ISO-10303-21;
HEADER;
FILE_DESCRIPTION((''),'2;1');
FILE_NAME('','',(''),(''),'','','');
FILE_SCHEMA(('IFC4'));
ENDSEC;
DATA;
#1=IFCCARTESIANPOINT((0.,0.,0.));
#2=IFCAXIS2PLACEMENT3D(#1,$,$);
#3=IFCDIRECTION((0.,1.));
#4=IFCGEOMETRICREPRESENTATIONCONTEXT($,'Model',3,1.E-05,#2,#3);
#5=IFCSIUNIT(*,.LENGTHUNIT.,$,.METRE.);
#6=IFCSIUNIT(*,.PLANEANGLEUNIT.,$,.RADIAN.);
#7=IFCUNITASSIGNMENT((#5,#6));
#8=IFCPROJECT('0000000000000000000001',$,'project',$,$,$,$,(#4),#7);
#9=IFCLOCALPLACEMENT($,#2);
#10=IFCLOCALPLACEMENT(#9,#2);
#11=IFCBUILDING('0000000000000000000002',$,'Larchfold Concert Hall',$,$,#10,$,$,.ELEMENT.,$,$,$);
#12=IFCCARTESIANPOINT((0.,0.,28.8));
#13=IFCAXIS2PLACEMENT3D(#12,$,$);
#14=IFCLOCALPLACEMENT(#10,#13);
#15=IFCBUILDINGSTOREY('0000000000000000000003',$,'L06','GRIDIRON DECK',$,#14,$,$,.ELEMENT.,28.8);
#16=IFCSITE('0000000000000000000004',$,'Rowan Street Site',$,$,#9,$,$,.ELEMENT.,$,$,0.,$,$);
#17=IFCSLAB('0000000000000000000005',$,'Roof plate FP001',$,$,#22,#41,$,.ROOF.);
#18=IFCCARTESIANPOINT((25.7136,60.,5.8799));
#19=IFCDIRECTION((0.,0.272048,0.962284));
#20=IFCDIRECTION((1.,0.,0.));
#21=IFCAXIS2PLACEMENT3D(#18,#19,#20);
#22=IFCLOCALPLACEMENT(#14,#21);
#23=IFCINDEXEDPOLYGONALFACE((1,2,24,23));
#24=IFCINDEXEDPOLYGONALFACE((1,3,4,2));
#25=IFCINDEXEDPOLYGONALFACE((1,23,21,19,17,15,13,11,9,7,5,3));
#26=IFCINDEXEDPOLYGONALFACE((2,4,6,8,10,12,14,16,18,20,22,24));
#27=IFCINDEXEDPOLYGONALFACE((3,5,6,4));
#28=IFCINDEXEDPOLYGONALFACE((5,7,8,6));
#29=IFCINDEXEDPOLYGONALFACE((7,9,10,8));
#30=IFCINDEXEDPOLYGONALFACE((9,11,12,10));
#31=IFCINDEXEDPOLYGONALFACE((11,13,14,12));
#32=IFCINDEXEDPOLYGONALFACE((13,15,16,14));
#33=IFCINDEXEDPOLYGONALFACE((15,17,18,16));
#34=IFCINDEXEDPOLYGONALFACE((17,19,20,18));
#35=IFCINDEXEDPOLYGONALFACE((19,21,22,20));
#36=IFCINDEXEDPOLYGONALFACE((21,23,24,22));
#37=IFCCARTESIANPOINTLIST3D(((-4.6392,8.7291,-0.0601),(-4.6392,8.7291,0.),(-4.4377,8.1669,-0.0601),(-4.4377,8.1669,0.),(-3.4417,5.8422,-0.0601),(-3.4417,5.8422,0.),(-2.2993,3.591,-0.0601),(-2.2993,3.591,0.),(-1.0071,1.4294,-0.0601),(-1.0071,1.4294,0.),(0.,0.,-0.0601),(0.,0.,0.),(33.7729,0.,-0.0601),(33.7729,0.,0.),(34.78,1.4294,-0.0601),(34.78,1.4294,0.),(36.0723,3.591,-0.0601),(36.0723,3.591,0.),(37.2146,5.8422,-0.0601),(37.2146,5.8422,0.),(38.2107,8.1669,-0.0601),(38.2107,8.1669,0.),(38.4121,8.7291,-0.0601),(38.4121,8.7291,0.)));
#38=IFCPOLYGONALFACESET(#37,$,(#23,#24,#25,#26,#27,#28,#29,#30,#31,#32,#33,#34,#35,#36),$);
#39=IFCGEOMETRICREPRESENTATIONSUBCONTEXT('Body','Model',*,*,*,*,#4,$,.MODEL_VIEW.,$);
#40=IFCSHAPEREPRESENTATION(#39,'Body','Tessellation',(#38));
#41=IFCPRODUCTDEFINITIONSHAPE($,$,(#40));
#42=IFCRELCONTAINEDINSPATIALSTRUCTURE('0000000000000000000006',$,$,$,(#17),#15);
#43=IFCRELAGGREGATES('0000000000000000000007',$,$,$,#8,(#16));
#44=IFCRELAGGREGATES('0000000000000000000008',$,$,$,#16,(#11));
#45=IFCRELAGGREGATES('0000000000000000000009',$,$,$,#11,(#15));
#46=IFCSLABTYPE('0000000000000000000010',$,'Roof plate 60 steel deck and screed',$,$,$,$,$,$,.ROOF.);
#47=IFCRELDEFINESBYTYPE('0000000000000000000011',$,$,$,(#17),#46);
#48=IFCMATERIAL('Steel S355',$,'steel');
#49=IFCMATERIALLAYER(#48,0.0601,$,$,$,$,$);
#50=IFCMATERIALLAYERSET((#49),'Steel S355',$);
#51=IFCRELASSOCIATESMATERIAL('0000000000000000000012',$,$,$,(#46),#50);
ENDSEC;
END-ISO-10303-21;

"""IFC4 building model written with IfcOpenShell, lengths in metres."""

from ifc_helpers import new_model, si_unit, direction, frame, origin, place, context, subcontext, project, spatial, polyline, outline, extrude, material, layer, layer_set, type_object, element, save


model = new_model("IFC4")

# Units and contexts
model_context = context("Model", 3, precision=1e-05, world=origin(), true_north=direction((0.0, 1.0)))
body_context = subcontext(model_context, "Body", "Model", "MODEL_VIEW")
ifc_project = project(units=[si_unit("LENGTHUNIT", "METRE"), si_unit("PLANEANGLEUNIT", "RADIAN")], contexts=[model_context])

# Site, building, storey
site_placement = place(None, origin())
site = spatial("IfcSite", under=ifc_project, at=site_placement, Name="Rowan Street Site", CompositionType="ELEMENT", RefElevation=0.0)
building_placement = place(site_placement, origin())
building = spatial("IfcBuilding", under=site, at=building_placement, Name="Larchfold Concert Hall", CompositionType="ELEMENT")
storey_placement = place(building_placement, frame((0.0, 0.0, 28.8)))
storey = spatial("IfcBuildingStorey", under=building, at=storey_placement, Name="L06", Description="GRIDIRON DECK", CompositionType="ELEMENT", Elevation=28.8)

# Slab
ifc_material_1 = material(Name="Steel S355", Category="steel")
ifc_layer_1 = layer(ifc_material_1, 0.0601)
ifc_layer_set_1 = layer_set([ifc_layer_1], Name="Steel S355")
slab_type = type_object("IfcSlabType", Name="Roof plate 60 steel deck and screed", PredefinedType="ROOF", material=ifc_layer_set_1)
slab_placement = place(storey_placement, frame((25.7136, 60.0, 5.8799), z_axis=(0.0, 0.272048, 0.962284), x_axis=(1.0, 0.0, 0.0)))
element("IfcSlab", 1, at=slab_placement, inside=storey, type_object=slab_type, Name="Roof plate FP001", PredefinedType="ROOF", context=body_context, shape_type="SweptSolid", body=[
    extrude(outline(polyline([(0.0, 0.0), (33.7729, 0.0), (34.78, 1.4294), (36.0723, 3.591), (37.2146, 5.8422), (38.2107, 8.1669), (38.4121, 8.7291), (-4.6392, 8.7291), (-4.4377, 8.1669), (-3.4417, 5.8422), (-2.2993, 3.591), (-1.0071, 1.4294), (0.0, 0.0)])), origin(), (0.0, 0.0, -1.0), 0.0601),
])

save(model, "model.ifc")
